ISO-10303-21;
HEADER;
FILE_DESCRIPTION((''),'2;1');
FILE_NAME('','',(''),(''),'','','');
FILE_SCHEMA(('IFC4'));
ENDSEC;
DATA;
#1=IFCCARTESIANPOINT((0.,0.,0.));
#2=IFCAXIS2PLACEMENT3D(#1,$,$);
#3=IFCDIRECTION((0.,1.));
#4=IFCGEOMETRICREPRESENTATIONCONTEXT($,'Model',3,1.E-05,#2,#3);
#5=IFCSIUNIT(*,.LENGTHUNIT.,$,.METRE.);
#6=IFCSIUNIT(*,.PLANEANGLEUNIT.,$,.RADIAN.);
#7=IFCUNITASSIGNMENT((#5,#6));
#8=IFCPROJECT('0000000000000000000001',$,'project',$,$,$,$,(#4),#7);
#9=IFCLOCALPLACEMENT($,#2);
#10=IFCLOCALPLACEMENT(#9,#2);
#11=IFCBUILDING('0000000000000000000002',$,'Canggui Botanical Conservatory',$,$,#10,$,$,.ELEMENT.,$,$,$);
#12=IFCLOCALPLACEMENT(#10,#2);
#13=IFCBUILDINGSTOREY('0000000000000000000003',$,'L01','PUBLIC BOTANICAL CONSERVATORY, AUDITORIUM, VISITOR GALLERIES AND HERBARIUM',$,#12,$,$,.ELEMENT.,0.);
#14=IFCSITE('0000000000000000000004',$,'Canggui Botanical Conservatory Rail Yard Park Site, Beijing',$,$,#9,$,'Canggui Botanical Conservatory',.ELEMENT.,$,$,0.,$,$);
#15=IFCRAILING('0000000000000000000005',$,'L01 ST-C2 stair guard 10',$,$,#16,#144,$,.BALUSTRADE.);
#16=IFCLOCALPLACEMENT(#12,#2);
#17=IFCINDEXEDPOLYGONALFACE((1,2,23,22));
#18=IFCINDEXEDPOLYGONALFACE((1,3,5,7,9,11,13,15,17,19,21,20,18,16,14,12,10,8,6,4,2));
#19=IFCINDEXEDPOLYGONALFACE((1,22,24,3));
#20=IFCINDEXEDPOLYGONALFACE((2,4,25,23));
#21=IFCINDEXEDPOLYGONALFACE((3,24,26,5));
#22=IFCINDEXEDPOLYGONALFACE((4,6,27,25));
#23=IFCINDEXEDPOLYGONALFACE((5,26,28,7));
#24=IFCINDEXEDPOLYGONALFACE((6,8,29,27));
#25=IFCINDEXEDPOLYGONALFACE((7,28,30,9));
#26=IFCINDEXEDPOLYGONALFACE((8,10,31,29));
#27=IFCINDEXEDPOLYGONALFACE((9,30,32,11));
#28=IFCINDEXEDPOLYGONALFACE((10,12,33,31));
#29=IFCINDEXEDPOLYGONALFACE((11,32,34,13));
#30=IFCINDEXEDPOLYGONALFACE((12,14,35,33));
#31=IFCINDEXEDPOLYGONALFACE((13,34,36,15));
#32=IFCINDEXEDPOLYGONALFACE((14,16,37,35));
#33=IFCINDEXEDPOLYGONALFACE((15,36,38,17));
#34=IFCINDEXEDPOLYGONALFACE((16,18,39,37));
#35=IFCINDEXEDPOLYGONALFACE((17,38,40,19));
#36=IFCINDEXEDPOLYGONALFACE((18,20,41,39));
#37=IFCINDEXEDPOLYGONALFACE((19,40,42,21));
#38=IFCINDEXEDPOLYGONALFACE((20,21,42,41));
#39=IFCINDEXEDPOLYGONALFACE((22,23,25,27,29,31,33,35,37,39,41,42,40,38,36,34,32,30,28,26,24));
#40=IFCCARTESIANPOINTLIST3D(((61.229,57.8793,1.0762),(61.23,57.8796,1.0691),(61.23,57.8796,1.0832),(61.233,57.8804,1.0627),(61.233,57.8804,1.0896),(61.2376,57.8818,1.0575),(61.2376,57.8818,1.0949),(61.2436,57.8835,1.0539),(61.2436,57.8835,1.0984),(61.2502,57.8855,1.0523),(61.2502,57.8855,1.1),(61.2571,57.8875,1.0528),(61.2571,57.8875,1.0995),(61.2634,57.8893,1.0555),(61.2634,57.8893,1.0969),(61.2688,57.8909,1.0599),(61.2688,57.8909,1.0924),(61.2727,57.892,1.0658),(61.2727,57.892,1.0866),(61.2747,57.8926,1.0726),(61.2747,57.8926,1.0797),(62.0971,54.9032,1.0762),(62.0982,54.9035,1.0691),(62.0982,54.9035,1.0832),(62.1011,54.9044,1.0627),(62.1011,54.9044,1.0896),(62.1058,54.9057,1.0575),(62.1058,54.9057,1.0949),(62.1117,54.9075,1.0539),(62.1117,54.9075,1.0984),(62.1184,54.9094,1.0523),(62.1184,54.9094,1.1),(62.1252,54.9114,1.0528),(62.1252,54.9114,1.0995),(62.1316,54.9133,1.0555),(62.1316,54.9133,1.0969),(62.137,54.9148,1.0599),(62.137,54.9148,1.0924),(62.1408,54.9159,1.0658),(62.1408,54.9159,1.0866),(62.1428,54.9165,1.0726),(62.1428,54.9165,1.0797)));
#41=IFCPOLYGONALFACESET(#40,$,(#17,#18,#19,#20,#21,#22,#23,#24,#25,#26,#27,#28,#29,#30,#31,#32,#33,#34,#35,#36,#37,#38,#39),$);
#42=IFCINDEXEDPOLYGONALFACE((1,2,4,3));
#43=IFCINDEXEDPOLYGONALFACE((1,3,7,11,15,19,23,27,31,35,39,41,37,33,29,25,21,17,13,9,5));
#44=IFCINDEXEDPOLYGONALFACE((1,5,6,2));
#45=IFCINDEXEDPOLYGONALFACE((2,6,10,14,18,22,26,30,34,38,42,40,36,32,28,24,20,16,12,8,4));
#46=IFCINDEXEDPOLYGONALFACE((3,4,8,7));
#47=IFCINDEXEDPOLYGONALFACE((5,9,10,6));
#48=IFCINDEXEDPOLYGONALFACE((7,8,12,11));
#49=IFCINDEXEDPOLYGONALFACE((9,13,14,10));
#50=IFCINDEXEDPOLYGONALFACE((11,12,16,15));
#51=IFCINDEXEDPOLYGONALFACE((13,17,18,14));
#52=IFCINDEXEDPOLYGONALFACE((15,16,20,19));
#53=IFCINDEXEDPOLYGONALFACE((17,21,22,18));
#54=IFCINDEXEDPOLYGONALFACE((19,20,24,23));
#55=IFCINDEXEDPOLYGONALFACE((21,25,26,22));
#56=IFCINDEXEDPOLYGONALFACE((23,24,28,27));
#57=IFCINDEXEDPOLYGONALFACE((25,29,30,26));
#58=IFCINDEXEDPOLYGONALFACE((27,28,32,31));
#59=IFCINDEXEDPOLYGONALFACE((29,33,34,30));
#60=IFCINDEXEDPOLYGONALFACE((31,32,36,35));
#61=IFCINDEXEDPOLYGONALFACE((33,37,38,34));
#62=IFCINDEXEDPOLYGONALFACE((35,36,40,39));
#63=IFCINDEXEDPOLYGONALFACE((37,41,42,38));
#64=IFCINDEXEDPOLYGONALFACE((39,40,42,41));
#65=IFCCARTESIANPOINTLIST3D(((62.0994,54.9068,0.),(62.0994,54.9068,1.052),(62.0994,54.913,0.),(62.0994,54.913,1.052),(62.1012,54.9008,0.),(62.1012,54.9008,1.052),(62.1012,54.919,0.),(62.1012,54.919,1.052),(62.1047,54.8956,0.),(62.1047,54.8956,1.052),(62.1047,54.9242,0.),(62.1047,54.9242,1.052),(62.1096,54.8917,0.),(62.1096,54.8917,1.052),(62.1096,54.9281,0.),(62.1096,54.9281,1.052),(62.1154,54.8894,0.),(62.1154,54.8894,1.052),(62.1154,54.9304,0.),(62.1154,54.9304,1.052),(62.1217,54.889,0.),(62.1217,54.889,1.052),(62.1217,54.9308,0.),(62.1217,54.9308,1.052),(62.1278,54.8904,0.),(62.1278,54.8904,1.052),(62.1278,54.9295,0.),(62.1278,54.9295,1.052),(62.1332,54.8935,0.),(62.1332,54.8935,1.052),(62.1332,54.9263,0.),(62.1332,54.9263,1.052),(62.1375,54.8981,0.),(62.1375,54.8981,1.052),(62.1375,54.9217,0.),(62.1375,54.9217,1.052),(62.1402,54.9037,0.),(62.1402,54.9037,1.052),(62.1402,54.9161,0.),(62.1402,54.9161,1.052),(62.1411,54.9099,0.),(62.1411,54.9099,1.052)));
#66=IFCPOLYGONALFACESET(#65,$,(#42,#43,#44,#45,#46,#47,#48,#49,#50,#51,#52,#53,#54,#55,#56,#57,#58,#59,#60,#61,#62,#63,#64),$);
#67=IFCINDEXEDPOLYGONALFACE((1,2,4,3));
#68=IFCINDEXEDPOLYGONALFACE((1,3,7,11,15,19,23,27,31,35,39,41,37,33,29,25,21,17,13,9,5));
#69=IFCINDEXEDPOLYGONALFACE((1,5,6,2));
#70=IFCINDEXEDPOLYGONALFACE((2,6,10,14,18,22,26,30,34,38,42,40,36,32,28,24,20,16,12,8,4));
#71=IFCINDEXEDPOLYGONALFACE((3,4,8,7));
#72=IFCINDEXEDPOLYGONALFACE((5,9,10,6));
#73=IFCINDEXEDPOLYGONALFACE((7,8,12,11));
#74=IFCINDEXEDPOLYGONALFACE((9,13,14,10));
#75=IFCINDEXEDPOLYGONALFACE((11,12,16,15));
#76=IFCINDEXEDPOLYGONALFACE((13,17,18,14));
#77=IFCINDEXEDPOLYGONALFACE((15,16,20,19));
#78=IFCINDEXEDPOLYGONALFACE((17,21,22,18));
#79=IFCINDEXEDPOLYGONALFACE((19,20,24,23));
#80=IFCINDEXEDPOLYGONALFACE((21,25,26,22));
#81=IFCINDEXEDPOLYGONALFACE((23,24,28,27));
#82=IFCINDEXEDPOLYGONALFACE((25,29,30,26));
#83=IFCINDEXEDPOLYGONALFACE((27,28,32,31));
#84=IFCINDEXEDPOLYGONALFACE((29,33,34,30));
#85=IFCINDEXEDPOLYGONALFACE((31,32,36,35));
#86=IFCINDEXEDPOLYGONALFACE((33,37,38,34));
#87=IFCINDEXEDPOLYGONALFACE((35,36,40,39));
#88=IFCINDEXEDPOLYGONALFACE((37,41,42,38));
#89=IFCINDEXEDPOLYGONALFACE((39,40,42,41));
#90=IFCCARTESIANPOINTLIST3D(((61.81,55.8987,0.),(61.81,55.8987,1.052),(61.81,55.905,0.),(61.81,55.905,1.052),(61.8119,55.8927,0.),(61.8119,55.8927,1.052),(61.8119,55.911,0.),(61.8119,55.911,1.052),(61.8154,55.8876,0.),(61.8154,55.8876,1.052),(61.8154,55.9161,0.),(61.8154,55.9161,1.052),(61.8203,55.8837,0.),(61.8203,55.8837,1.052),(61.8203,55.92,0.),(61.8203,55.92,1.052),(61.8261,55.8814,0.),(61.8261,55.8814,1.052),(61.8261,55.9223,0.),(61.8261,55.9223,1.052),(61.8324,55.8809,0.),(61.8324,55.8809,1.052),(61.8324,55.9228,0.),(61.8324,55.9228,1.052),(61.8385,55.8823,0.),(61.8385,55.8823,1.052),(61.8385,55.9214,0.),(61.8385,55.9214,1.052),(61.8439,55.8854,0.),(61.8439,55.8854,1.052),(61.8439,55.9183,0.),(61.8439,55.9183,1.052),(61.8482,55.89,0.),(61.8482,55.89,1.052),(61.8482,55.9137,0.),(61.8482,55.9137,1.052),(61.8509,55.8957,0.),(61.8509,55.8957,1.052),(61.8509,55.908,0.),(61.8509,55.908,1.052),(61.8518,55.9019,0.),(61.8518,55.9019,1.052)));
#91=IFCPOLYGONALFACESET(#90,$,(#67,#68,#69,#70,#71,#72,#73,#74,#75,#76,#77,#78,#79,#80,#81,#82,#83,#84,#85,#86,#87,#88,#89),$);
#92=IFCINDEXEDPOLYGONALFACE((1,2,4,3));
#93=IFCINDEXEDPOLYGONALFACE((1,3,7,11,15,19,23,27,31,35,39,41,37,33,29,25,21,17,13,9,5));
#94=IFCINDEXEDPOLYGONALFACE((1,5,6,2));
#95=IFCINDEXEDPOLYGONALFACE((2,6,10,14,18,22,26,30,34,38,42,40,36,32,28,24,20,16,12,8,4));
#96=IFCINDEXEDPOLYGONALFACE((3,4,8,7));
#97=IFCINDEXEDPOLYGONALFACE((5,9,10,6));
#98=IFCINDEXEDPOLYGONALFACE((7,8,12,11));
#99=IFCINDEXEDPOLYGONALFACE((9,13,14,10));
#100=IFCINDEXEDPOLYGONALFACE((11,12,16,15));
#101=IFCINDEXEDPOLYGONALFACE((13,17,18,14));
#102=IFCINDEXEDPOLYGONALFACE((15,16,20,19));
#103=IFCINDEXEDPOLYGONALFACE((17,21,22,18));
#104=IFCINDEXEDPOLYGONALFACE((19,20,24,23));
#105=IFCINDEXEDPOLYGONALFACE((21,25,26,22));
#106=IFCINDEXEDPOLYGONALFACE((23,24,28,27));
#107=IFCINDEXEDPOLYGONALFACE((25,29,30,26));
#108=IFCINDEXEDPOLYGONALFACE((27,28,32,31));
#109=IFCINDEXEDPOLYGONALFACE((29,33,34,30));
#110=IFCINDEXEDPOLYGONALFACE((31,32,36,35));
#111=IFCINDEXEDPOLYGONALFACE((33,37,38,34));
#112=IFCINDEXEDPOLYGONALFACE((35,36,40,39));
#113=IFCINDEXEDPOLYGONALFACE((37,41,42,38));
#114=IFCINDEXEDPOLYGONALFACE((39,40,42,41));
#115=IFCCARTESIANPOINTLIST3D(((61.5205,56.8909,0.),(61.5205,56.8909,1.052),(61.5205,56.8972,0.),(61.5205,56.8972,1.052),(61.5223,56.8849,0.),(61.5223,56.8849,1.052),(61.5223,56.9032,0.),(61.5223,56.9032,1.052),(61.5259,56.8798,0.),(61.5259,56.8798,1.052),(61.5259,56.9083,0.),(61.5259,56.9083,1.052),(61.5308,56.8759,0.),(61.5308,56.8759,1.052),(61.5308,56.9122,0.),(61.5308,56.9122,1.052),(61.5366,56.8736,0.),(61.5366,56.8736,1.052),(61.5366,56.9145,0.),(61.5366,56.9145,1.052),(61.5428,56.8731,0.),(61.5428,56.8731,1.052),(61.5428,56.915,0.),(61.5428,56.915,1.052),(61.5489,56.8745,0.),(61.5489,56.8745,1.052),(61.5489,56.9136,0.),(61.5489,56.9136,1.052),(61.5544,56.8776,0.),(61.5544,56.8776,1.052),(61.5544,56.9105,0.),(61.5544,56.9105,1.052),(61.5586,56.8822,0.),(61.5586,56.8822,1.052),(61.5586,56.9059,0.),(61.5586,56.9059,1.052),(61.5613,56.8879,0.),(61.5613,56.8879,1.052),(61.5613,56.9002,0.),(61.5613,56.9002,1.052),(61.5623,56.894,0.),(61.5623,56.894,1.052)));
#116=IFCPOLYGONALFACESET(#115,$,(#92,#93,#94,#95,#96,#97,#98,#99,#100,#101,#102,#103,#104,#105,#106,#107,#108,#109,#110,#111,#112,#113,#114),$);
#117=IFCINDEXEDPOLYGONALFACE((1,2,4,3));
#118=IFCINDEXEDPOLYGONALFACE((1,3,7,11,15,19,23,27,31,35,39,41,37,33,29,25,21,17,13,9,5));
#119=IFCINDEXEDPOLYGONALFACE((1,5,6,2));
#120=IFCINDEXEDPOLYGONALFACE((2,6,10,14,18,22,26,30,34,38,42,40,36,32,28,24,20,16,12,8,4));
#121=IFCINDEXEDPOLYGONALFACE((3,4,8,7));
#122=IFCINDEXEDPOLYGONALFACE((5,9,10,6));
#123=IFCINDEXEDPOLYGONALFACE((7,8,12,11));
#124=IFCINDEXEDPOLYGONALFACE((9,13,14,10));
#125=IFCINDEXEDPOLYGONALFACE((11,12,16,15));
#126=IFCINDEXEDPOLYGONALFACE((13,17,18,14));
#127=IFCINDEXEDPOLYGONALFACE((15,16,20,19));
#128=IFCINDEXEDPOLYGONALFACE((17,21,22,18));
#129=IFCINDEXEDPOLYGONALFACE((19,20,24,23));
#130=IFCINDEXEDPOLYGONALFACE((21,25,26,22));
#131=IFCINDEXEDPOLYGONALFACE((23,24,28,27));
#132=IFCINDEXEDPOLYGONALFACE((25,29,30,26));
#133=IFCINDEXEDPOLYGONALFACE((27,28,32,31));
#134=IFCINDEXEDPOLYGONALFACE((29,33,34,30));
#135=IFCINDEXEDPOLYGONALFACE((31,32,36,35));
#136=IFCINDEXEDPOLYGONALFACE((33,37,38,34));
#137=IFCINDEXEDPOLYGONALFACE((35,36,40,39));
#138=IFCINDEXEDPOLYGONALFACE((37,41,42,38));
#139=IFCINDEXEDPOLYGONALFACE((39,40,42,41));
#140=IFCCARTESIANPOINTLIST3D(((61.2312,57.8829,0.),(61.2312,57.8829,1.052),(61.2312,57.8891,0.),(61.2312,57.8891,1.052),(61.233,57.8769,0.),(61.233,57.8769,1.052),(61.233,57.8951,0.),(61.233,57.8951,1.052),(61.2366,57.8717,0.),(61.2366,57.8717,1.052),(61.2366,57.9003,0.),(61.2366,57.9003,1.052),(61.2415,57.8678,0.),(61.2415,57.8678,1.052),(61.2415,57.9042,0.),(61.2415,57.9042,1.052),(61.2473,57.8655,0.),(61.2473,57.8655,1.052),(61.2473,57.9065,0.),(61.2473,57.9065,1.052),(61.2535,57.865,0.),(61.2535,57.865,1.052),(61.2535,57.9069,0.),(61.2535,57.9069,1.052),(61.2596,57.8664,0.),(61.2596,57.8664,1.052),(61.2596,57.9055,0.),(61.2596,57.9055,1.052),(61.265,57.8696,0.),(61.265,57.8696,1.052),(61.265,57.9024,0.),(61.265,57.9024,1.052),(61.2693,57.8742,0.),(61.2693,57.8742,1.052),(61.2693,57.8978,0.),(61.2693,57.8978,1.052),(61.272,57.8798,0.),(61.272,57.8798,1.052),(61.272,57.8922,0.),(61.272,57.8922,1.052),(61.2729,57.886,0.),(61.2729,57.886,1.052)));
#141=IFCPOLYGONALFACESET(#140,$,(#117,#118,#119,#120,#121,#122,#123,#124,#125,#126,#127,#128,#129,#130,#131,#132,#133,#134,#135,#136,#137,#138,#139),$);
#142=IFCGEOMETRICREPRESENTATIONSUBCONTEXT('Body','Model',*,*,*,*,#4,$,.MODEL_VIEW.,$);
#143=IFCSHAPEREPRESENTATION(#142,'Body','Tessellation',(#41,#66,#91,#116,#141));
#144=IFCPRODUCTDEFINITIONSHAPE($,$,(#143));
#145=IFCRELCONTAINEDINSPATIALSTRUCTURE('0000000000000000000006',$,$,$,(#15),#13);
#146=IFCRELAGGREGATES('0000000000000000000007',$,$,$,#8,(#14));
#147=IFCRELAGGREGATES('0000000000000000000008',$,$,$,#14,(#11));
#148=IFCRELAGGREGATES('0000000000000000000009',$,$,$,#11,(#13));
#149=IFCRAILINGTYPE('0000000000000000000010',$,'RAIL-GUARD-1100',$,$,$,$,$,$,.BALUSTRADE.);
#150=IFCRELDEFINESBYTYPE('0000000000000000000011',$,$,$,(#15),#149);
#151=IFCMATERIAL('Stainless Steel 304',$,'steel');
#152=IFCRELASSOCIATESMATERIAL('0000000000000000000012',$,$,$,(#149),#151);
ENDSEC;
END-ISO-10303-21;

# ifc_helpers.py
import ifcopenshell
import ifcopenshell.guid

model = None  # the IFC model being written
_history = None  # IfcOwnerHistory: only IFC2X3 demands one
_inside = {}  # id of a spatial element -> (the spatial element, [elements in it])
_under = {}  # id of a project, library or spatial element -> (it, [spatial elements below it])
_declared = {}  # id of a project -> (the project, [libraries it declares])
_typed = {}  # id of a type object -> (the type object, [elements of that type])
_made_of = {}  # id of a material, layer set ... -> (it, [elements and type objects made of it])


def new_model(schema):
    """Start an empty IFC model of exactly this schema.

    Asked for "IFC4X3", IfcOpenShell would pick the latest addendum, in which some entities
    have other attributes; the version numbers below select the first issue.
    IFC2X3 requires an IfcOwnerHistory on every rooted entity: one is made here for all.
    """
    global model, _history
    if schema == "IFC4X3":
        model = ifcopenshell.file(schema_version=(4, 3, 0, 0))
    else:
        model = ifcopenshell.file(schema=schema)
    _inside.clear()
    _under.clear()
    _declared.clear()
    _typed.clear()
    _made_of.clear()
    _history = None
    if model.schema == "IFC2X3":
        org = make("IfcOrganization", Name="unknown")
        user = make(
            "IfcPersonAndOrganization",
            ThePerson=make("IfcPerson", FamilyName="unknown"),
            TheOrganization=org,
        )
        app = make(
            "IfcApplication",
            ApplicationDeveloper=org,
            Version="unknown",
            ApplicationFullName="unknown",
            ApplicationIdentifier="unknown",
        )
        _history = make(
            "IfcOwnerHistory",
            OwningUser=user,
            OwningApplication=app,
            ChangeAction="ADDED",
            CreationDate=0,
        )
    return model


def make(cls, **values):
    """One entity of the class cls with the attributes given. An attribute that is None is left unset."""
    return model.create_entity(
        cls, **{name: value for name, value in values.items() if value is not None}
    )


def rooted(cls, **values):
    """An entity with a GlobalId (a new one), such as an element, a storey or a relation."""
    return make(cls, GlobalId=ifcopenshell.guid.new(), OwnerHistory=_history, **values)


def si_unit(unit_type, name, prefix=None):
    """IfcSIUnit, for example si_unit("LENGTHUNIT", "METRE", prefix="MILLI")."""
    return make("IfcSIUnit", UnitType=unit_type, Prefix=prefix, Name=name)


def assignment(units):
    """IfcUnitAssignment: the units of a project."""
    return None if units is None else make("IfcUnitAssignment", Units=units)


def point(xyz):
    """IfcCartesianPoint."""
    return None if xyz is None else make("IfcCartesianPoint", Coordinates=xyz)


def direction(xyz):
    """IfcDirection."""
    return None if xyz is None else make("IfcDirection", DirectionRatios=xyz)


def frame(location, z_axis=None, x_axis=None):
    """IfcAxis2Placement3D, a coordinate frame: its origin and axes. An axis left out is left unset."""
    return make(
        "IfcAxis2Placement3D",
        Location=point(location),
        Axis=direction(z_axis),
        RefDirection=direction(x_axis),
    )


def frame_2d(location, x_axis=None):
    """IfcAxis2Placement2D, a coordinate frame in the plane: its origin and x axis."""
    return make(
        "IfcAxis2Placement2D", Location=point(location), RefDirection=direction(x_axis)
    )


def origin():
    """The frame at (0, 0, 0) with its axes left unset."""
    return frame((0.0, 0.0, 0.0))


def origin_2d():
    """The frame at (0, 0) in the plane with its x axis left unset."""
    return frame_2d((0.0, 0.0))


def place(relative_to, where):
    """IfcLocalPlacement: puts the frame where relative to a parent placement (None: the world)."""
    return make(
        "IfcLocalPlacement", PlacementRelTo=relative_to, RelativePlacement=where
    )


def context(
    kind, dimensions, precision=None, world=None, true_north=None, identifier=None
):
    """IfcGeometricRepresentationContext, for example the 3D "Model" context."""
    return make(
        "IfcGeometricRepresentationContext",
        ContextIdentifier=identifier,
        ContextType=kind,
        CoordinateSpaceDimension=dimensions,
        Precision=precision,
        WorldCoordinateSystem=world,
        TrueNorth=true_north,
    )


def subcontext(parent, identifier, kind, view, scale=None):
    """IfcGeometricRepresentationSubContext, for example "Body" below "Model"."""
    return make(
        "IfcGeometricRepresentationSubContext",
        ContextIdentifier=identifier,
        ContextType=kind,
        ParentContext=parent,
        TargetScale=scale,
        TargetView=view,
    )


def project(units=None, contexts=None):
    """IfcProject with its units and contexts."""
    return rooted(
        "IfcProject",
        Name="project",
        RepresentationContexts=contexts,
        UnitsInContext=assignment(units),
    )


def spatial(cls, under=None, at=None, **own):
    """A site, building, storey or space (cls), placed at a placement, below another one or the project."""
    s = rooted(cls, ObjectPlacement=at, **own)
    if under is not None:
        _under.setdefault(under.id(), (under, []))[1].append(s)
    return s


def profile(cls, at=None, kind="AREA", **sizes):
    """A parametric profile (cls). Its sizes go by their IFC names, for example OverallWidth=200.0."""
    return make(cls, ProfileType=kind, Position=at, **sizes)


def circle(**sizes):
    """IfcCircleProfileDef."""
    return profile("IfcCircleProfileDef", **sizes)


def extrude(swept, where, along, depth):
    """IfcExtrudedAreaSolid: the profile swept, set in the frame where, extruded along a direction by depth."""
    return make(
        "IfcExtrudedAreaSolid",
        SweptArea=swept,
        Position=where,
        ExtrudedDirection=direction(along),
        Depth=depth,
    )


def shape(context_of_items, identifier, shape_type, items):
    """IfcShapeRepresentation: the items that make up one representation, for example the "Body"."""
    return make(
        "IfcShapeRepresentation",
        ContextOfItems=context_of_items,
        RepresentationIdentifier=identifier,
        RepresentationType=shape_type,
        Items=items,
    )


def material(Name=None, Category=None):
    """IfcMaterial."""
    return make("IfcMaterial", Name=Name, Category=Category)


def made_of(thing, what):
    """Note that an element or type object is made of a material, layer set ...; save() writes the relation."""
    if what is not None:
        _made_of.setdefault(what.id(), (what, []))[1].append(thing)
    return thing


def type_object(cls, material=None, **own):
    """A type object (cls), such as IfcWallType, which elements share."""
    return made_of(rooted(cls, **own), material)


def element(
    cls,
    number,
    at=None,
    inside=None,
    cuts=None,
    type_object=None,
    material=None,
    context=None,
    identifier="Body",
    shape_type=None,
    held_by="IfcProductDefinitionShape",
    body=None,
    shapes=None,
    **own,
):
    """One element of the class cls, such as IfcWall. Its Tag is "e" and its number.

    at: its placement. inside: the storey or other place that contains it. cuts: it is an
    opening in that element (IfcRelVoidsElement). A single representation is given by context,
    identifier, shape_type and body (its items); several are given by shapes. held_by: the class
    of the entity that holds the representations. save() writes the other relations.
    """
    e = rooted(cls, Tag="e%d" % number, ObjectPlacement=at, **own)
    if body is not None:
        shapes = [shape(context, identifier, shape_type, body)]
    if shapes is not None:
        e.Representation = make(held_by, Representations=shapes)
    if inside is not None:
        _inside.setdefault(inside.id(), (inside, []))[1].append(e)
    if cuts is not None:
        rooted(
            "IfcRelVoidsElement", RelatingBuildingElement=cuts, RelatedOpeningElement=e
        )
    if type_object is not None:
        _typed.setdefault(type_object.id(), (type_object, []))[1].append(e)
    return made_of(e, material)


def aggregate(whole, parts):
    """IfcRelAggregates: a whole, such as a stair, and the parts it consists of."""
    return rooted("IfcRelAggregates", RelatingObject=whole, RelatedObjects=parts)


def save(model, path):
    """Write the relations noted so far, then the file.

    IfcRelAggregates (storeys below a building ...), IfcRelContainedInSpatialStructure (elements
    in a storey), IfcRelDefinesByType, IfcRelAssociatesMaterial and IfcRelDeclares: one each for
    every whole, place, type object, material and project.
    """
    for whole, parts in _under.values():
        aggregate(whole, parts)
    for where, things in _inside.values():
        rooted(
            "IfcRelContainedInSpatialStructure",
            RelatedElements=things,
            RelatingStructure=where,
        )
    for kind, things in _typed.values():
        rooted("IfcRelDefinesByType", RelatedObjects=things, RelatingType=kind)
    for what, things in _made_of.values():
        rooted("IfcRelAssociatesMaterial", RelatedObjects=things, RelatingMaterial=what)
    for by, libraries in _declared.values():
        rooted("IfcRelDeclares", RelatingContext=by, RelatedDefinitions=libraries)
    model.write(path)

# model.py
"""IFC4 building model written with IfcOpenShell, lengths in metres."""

from ifc_helpers import new_model, si_unit, direction, frame, origin, origin_2d, place, context, subcontext, project, spatial, circle, extrude, material, type_object, element, save


model = new_model("IFC4")

# Units and contexts
model_context = context("Model", 3, precision=1e-05, world=origin(), true_north=direction((0.0, 1.0)))
body_context = subcontext(model_context, "Body", "Model", "MODEL_VIEW")
ifc_project = project(units=[si_unit("LENGTHUNIT", "METRE"), si_unit("PLANEANGLEUNIT", "RADIAN")], contexts=[model_context])

# Site, building, storey
site_placement = place(None, origin())
site = spatial("IfcSite", under=ifc_project, at=site_placement, Name="Canggui Botanical Conservatory Rail Yard Park Site, Beijing", LongName="Canggui Botanical Conservatory", CompositionType="ELEMENT", RefElevation=0.0)
building_placement = place(site_placement, origin())
building = spatial("IfcBuilding", under=site, at=building_placement, Name="Canggui Botanical Conservatory", CompositionType="ELEMENT")
storey_placement = place(building_placement, origin())
storey = spatial("IfcBuildingStorey", under=building, at=storey_placement, Name="L01", Description="PUBLIC BOTANICAL CONSERVATORY, AUDITORIUM, VISITOR GALLERIES AND HERBARIUM", CompositionType="ELEMENT", Elevation=0.0)

# Railing
ifc_material_1 = material(Name="Stainless Steel 304", Category="steel")
railing_type = type_object("IfcRailingType", Name="RAIL-GUARD-1100", PredefinedType="BALUSTRADE", material=ifc_material_1)
railing_1_placement = place(storey_placement, frame((62.1201, 54.9099, 0.0)))
element("IfcRailing", 1, at=railing_1_placement, inside=storey, type_object=railing_type, Name="L01 ST-C2 stair guard 10", PredefinedType="BALUSTRADE", context=body_context, shape_type="SweptSolid", body=[
    extrude(circle(Radius=0.0239, at=origin_2d()), frame((0.0, 0.0, 1.0762), z_axis=(-0.280042, 0.959988, 0.0), x_axis=(-0.959988, -0.280042, 0.0)), (0.0, 0.0, 1.0), 3.1001),
    extrude(circle(Radius=0.021, at=origin_2d()), origin(), (0.0, 0.0, 1.0), 1.052),
    extrude(circle(Radius=0.021, at=origin_2d()), frame((-0.2893, 0.9919, 0.0)), (0.0, 0.0, 1.0), 1.052),
    extrude(circle(Radius=0.021, at=origin_2d()), frame((-0.5789, 1.9841, 0.0)), (0.0, 0.0, 1.0), 1.052),
    extrude(circle(Radius=0.021, at=origin_2d()), frame((-0.8682, 2.9761, 0.0)), (0.0, 0.0, 1.0), 1.052),
])

save(model, "model.ifc")
